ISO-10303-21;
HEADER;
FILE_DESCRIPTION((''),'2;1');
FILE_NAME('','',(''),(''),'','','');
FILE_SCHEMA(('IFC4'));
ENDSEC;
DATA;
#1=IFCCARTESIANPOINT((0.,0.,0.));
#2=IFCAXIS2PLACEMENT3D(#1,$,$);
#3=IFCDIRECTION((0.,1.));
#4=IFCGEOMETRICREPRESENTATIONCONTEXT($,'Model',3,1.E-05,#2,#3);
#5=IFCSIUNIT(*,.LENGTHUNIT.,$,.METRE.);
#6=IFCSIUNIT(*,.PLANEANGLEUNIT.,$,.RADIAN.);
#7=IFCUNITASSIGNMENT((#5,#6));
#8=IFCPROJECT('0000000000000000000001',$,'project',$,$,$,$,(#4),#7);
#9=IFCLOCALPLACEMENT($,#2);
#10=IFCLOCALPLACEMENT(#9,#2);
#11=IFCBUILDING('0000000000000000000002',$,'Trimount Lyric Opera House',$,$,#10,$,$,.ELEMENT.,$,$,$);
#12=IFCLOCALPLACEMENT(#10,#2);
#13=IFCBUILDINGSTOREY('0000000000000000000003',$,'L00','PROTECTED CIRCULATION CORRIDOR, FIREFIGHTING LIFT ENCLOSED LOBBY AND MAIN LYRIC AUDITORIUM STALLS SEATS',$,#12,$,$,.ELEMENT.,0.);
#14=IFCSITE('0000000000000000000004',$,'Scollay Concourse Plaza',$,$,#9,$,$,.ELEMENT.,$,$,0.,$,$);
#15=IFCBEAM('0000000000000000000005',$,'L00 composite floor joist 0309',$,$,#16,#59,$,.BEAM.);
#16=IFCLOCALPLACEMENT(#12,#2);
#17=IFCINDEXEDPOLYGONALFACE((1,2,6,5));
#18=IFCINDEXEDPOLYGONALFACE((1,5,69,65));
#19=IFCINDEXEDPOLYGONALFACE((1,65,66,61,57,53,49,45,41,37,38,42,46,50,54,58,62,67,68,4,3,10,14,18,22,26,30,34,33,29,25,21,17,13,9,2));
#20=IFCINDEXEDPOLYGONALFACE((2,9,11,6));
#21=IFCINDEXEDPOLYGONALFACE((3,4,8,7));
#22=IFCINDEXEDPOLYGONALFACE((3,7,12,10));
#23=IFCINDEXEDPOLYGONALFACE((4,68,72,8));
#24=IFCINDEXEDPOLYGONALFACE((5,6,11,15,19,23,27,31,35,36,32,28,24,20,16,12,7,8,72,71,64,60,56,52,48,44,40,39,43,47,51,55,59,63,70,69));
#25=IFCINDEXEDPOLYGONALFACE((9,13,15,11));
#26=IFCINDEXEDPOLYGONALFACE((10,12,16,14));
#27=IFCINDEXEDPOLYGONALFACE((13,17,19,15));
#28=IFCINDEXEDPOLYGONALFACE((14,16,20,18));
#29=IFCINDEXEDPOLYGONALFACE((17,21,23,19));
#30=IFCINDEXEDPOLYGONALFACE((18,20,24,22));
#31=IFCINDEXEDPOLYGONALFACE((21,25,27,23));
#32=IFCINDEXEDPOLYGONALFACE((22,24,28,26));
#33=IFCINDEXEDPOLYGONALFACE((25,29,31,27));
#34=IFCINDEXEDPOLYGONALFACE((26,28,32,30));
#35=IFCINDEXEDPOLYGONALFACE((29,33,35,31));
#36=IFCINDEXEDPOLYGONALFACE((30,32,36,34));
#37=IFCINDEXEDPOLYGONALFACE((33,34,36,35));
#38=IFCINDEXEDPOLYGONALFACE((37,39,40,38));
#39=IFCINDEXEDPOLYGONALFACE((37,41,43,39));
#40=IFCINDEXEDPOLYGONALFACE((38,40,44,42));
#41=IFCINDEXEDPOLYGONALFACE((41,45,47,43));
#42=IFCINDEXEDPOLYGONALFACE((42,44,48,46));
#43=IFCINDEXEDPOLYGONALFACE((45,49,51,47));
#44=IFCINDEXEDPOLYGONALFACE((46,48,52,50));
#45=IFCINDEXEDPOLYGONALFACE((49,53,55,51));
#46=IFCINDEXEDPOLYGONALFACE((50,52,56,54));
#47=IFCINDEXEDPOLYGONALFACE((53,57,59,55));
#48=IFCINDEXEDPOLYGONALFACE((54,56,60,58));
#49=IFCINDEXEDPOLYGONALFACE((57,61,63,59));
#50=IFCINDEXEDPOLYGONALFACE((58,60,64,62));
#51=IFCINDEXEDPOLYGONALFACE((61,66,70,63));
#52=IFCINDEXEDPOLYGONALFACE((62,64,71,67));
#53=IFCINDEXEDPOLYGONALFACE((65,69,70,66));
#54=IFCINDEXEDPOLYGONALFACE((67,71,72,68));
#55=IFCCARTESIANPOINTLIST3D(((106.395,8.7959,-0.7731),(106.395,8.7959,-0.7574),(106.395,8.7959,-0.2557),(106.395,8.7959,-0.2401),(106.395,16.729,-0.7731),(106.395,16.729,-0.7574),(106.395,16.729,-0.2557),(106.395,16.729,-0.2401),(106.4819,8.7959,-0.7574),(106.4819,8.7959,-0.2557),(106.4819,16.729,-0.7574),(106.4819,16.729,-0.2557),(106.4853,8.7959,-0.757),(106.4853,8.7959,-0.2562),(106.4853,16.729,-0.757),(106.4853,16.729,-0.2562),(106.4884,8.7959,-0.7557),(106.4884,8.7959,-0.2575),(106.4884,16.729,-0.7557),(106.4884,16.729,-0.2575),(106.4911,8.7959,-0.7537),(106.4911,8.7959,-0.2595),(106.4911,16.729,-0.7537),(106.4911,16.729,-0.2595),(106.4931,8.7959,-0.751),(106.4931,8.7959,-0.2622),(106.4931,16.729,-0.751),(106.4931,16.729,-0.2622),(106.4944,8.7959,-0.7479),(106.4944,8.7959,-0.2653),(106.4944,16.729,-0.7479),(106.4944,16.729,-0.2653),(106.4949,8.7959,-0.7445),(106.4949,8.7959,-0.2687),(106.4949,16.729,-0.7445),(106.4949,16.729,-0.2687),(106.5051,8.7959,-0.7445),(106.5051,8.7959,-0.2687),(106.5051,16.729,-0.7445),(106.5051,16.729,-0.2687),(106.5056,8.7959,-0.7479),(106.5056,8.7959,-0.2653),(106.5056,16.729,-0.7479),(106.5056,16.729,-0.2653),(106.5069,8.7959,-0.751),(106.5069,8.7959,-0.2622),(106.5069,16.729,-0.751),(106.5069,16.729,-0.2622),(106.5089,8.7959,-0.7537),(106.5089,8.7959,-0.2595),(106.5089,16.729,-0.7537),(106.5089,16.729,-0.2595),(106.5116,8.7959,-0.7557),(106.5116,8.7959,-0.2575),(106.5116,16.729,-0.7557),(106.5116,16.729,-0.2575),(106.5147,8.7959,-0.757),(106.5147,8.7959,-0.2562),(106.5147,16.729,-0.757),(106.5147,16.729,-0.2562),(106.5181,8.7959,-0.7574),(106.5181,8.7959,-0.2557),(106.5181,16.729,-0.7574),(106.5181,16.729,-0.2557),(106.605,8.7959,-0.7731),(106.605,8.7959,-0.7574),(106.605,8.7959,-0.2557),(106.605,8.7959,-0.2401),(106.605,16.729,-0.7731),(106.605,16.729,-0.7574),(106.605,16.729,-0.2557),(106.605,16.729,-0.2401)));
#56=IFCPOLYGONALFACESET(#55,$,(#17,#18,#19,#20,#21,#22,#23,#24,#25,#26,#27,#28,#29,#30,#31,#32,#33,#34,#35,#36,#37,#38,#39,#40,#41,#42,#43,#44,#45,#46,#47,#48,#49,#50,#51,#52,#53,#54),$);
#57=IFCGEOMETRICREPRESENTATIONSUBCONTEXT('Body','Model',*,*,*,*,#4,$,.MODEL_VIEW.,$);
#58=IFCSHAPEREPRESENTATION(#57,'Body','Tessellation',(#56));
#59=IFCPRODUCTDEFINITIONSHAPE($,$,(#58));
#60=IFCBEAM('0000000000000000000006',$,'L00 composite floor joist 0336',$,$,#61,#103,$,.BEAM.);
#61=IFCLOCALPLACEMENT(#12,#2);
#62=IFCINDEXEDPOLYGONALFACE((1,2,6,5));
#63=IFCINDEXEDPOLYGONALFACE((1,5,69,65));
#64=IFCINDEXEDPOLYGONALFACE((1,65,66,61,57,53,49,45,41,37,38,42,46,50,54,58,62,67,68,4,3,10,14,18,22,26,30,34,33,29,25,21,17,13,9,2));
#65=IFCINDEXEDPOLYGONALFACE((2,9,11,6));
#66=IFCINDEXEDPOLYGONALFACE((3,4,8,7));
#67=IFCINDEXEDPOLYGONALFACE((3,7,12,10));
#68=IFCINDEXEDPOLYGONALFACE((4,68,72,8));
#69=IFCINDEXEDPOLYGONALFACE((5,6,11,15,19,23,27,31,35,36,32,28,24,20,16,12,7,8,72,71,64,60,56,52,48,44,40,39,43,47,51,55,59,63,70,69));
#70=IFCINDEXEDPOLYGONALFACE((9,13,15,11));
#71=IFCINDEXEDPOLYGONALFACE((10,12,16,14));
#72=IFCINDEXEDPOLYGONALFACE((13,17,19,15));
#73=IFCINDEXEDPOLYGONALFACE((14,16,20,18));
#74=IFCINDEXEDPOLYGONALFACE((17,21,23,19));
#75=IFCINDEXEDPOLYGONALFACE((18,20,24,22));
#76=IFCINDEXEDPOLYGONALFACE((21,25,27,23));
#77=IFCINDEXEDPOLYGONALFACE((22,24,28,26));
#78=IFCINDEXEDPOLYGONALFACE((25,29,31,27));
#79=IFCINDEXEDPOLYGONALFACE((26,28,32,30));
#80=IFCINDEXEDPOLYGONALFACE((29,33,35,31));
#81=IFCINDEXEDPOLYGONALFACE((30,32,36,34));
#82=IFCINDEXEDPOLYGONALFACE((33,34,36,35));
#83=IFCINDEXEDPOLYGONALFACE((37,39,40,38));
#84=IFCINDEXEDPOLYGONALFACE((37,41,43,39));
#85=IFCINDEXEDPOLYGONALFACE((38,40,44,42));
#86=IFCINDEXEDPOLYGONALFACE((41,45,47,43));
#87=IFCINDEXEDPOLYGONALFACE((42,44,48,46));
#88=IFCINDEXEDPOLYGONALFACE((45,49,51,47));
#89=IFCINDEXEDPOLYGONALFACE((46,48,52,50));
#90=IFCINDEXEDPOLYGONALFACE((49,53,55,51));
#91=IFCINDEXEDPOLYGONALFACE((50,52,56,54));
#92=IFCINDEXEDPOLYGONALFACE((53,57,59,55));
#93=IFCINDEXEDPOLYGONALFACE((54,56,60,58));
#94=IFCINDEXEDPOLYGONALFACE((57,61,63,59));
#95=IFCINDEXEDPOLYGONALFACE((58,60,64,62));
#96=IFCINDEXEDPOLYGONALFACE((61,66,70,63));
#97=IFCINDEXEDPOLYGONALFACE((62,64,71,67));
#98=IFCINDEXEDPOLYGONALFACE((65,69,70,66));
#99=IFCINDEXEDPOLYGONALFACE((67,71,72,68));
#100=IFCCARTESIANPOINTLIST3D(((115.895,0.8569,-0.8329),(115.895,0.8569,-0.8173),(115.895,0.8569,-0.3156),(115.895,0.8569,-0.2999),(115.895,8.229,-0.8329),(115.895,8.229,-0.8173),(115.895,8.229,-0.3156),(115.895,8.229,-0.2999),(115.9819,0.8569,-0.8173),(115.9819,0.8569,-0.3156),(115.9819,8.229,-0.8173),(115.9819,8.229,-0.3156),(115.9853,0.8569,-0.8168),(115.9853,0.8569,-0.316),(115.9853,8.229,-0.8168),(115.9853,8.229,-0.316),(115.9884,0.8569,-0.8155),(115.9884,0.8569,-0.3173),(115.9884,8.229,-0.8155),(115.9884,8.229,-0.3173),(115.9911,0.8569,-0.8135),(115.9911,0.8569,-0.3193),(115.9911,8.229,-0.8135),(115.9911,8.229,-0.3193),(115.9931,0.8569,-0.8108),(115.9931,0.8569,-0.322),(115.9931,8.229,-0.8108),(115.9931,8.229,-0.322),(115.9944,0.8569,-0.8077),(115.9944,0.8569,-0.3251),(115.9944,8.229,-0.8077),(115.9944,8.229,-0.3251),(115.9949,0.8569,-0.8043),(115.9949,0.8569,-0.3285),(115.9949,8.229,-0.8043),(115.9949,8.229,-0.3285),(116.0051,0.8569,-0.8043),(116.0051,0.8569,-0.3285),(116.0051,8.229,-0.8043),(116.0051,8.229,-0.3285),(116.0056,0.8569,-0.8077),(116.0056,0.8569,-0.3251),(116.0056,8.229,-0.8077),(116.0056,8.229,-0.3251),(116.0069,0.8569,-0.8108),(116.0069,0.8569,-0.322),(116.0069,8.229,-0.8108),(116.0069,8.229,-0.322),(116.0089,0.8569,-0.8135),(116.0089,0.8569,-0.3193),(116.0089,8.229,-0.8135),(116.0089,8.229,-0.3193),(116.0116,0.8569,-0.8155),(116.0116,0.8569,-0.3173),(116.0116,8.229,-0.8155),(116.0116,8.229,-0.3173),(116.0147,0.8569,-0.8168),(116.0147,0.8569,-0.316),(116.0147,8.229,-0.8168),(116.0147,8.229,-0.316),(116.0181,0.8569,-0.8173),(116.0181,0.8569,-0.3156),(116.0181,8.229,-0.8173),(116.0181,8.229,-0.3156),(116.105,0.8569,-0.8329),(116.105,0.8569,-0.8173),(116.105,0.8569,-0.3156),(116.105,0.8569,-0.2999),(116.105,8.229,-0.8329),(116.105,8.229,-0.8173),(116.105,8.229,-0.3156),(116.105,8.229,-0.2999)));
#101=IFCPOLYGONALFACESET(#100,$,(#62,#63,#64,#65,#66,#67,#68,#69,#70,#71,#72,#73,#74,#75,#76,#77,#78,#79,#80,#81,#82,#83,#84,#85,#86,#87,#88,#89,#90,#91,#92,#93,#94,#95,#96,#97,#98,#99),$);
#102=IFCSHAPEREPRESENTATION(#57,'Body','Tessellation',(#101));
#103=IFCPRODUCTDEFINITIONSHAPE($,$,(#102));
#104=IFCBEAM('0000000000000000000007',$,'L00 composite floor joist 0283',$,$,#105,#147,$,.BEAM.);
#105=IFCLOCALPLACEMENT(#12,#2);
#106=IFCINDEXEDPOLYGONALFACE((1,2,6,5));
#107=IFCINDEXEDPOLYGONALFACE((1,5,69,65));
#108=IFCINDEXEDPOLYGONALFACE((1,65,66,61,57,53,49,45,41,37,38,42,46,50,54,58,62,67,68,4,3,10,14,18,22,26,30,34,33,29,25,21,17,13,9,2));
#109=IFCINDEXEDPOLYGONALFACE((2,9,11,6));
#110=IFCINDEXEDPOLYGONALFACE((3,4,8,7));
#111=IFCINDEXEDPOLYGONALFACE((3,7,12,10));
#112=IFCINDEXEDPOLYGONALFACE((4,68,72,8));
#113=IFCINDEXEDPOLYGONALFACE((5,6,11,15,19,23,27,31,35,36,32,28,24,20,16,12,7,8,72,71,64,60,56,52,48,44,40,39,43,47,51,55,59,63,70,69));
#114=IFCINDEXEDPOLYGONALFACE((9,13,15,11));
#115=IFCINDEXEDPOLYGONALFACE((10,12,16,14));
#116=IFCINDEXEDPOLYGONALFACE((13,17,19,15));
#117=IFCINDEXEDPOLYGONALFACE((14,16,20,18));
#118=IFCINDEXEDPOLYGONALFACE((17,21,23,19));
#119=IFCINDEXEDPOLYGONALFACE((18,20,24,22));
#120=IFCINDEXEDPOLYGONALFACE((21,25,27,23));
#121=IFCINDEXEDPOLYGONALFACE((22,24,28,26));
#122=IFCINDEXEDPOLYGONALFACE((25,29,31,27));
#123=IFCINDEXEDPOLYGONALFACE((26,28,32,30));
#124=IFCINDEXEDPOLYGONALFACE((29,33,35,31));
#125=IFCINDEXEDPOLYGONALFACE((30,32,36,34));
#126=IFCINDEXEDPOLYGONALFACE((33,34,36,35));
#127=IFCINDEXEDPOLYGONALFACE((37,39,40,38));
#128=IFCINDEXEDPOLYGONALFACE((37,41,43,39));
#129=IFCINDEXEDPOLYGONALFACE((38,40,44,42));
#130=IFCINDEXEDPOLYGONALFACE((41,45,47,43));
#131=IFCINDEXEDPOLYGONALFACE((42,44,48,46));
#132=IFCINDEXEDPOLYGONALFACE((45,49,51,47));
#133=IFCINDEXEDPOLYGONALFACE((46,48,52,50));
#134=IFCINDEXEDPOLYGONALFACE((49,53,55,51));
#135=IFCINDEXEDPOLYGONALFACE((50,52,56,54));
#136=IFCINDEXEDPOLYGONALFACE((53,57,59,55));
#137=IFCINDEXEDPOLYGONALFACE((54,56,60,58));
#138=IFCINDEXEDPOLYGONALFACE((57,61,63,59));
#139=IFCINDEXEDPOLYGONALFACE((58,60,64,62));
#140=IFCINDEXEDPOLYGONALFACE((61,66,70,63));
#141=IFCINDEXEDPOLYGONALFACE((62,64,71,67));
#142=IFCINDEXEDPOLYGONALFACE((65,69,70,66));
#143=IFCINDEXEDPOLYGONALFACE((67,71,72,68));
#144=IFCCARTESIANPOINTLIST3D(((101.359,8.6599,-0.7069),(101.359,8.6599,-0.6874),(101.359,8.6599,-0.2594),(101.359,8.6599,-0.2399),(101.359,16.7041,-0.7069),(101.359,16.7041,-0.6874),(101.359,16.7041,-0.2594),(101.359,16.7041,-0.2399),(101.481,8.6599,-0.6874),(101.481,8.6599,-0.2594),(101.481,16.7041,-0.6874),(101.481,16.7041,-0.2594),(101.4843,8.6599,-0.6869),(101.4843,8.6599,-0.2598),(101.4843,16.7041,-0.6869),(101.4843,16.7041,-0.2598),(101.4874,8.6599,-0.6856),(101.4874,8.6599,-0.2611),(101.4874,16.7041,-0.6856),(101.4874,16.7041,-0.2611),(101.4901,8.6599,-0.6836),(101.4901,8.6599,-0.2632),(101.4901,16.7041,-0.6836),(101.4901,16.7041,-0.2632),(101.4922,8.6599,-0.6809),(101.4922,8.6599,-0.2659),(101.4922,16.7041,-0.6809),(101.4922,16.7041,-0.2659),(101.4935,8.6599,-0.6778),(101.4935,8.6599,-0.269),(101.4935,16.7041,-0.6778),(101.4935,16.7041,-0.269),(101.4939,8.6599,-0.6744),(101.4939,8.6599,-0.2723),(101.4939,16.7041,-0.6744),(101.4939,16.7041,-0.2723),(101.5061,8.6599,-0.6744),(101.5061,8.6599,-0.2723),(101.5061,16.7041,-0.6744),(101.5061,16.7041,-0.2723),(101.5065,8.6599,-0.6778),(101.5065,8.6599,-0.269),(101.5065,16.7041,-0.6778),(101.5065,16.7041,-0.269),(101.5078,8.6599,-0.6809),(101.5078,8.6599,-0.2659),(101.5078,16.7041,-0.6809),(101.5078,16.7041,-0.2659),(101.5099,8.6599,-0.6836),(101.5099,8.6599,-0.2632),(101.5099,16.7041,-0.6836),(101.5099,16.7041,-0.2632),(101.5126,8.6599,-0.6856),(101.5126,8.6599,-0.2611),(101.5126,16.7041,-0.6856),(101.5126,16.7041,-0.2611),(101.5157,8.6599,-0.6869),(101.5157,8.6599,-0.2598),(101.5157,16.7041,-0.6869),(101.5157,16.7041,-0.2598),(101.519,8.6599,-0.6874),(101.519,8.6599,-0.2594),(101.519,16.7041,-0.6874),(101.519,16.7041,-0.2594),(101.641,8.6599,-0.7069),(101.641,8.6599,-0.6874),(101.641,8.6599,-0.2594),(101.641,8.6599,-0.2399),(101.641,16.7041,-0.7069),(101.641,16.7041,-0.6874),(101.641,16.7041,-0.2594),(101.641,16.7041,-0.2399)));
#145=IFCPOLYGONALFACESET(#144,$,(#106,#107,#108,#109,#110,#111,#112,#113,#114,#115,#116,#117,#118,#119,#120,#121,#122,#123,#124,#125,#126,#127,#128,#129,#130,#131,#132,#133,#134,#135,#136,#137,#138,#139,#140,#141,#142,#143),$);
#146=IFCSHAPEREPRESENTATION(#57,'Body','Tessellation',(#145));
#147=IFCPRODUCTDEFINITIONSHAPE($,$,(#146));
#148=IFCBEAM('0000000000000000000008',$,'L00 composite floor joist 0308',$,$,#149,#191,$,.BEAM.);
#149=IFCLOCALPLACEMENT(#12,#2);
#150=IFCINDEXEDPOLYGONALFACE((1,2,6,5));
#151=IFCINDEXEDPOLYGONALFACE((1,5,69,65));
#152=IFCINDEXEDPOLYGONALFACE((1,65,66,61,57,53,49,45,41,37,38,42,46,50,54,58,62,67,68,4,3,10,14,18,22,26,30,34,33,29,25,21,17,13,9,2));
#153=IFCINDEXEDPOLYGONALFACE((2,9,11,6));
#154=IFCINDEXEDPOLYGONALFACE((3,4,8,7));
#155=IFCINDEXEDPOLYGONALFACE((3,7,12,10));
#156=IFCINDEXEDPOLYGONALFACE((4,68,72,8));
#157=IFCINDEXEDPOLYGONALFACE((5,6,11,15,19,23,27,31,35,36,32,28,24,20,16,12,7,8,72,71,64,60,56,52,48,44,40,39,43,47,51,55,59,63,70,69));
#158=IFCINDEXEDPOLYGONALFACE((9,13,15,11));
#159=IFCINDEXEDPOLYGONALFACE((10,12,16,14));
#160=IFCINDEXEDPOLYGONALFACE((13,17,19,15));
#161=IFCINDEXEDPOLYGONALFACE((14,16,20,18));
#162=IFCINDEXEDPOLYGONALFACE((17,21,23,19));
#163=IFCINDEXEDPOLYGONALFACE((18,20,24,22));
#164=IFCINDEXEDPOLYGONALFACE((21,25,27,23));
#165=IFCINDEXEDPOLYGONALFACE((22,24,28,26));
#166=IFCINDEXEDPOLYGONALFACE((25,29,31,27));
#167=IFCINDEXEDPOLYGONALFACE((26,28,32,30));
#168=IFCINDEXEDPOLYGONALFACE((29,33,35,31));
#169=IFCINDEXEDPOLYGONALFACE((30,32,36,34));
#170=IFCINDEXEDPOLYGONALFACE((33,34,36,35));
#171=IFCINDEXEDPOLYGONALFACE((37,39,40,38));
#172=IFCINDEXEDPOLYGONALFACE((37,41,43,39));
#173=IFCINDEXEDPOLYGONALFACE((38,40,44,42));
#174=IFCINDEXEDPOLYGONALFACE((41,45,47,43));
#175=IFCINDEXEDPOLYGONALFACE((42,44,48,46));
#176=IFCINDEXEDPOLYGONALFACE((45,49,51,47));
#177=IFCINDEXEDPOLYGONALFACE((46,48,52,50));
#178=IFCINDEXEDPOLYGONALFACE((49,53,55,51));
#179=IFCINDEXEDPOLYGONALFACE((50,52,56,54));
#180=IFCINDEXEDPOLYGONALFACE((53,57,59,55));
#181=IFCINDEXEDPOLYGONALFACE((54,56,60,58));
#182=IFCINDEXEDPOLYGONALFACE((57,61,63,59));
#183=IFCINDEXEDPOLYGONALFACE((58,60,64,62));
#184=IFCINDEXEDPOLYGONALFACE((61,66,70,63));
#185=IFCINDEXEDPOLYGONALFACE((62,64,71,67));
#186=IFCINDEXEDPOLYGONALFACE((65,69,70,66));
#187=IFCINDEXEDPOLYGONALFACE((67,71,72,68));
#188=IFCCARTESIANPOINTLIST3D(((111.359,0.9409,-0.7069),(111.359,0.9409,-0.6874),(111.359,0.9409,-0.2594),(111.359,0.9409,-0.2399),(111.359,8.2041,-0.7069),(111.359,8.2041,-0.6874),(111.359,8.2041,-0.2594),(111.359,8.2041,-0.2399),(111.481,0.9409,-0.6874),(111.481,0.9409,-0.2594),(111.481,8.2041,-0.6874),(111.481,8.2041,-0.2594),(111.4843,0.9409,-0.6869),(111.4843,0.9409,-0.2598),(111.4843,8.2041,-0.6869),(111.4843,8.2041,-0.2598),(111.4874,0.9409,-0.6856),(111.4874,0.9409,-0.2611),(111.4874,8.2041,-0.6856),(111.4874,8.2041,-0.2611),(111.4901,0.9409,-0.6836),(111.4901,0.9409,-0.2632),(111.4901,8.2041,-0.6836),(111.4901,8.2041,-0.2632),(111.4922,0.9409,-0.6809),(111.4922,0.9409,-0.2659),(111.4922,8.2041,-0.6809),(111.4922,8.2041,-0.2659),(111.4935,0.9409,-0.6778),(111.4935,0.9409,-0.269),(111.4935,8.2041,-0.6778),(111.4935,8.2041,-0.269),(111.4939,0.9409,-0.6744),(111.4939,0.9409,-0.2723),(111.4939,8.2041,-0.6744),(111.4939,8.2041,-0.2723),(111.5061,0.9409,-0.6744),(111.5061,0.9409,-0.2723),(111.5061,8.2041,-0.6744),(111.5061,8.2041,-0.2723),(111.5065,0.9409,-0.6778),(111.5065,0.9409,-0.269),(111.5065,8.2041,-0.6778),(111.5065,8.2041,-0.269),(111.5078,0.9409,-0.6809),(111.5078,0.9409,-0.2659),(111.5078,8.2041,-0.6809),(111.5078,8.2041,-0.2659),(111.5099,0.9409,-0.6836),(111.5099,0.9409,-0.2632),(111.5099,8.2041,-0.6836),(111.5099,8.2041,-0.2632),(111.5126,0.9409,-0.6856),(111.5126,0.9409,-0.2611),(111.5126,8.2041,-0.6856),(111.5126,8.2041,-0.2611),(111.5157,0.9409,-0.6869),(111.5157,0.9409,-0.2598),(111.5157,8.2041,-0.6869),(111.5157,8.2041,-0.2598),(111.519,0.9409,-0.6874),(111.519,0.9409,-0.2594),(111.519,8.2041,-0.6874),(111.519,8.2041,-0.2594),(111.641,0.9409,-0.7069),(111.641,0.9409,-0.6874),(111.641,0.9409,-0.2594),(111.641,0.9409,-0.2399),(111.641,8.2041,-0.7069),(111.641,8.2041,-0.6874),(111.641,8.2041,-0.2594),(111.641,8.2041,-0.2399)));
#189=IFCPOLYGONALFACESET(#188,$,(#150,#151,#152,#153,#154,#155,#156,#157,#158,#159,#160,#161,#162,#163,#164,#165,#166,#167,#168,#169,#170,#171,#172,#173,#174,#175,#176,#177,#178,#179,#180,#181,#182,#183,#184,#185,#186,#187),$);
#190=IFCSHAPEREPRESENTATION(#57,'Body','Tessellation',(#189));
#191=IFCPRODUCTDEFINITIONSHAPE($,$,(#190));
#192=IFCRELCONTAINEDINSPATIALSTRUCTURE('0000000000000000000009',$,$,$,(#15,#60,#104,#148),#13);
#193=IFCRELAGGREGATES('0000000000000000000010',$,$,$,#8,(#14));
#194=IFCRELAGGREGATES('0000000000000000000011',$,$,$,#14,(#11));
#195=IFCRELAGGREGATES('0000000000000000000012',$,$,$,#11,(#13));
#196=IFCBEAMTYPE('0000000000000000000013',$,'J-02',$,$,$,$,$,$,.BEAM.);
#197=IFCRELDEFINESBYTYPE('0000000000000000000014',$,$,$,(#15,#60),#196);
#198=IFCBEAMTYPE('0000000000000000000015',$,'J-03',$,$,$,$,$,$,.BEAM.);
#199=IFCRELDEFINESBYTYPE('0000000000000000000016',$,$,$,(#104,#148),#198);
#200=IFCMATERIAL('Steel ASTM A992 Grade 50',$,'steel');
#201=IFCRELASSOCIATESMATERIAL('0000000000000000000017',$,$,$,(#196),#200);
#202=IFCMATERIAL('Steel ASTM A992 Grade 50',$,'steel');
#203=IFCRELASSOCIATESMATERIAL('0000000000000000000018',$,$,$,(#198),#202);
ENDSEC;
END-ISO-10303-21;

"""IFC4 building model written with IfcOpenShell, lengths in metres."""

from ifc_helpers import new_model, si_unit, direction, frame, origin, origin_2d, place, context, subcontext, project, spatial, i_section, extrude, material, material_profile, profile_set, type_object, element, save


model = new_model("IFC4")

# Units and contexts
model_context = context("Model", 3, precision=1e-05, world=origin(), true_north=direction((0.0, 1.0)))
body_context = subcontext(model_context, "Body", "Model", "MODEL_VIEW")
ifc_project = project(units=[si_unit("LENGTHUNIT", "METRE"), si_unit("PLANEANGLEUNIT", "RADIAN")], contexts=[model_context])

# Site, building, storey
site_placement = place(None, origin())
site = spatial("IfcSite", under=ifc_project, at=site_placement, Name="Scollay Concourse Plaza", CompositionType="ELEMENT", RefElevation=0.0)
building_placement = place(site_placement, origin())
building = spatial("IfcBuilding", under=site, at=building_placement, Name="Trimount Lyric Opera House", CompositionType="ELEMENT")
storey_placement = place(building_placement, origin())
storey = spatial("IfcBuildingStorey", under=building, at=storey_placement, Name="L00", Description="PROTECTED CIRCULATION CORRIDOR, FIREFIGHTING LIFT ENCLOSED LOBBY AND MAIN LYRIC AUDITORIUM STALLS SEATS", CompositionType="ELEMENT", Elevation=0.0)

# Beams
ifc_material_1 = material(Name="Steel ASTM A992 Grade 50", Category="steel")
ifc_material_profile_1 = material_profile(ifc_material_1, i_section(OverallWidth=0.21, OverallDepth=0.533, WebThickness=0.0103, FlangeThickness=0.0156, FilletRadius=0.0129, at=origin_2d()), Name="W21X62")
ifc_profile_set_1 = profile_set([ifc_material_profile_1], Name="Steel ASTM A992 Grade 50")
beam_type_1 = type_object("IfcBeamType", Name="J-02", PredefinedType="BEAM", material=ifc_profile_set_1)
beam_1_placement = place(storey_placement, frame((106.5, 8.7959, -0.5066), z_axis=(0.0, 1.0, 0.0), x_axis=(-1.0, 0.0, 0.0)))
element("IfcBeam", 1, at=beam_1_placement, inside=storey, type_object=beam_type_1, Name="L00 composite floor joist 0309", PredefinedType="BEAM", context=body_context, shape_type="SweptSolid", body=[
    extrude(i_section(OverallWidth=0.21, OverallDepth=0.533, WebThickness=0.0103, FlangeThickness=0.0156, FilletRadius=0.0129, at=origin_2d()), origin(), (0.0, 0.0, 1.0), 7.9331),
])
beam_2_placement = place(storey_placement, frame((116.0, 0.8569, -0.5664), z_axis=(0.0, 1.0, 0.0), x_axis=(-1.0, 0.0, 0.0)))
element("IfcBeam", 2, at=beam_2_placement, inside=storey, type_object=beam_type_1, Name="L00 composite floor joist 0336", PredefinedType="BEAM", context=body_context, shape_type="SweptSolid", body=[
    extrude(i_section(OverallWidth=0.21, OverallDepth=0.533, WebThickness=0.0103, FlangeThickness=0.0156, FilletRadius=0.0129, at=origin_2d()), origin(), (0.0, 0.0, 1.0), 7.3721),
])
ifc_material_2 = material(Name="Steel ASTM A992 Grade 50", Category="steel")
ifc_material_profile_2 = material_profile(ifc_material_2, i_section(OverallWidth=0.282, OverallDepth=0.467, WebThickness=0.0122, FlangeThickness=0.0195, FilletRadius=0.0129, at=origin_2d()), Name="W18X86")
ifc_profile_set_2 = profile_set([ifc_material_profile_2], Name="Steel ASTM A992 Grade 50")
beam_type_2 = type_object("IfcBeamType", Name="J-03", PredefinedType="BEAM", material=ifc_profile_set_2)
beam_3_placement = place(storey_placement, frame((101.5, 8.6599, -0.4734), z_axis=(0.0, 1.0, 0.0), x_axis=(-1.0, 0.0, 0.0)))
element("IfcBeam", 3, at=beam_3_placement, inside=storey, type_object=beam_type_2, Name="L00 composite floor joist 0283", PredefinedType="BEAM", context=body_context, shape_type="SweptSolid", body=[
    extrude(i_section(OverallWidth=0.282, OverallDepth=0.467, WebThickness=0.0122, FlangeThickness=0.0195, FilletRadius=0.0129, at=origin_2d()), origin(), (0.0, 0.0, 1.0), 8.0442),
])
beam_4_placement = place(storey_placement, frame((111.5, 0.9409, -0.4734), z_axis=(0.0, 1.0, 0.0), x_axis=(-1.0, 0.0, 0.0)))
element("IfcBeam", 4, at=beam_4_placement, inside=storey, type_object=beam_type_2, Name="L00 composite floor joist 0308", PredefinedType="BEAM", context=body_context, shape_type="SweptSolid", body=[
    extrude(i_section(OverallWidth=0.282, OverallDepth=0.467, WebThickness=0.0122, FlangeThickness=0.0195, FilletRadius=0.0129, at=origin_2d()), origin(), (0.0, 0.0, 1.0), 7.2632),
])

save(model, "model.ifc")
